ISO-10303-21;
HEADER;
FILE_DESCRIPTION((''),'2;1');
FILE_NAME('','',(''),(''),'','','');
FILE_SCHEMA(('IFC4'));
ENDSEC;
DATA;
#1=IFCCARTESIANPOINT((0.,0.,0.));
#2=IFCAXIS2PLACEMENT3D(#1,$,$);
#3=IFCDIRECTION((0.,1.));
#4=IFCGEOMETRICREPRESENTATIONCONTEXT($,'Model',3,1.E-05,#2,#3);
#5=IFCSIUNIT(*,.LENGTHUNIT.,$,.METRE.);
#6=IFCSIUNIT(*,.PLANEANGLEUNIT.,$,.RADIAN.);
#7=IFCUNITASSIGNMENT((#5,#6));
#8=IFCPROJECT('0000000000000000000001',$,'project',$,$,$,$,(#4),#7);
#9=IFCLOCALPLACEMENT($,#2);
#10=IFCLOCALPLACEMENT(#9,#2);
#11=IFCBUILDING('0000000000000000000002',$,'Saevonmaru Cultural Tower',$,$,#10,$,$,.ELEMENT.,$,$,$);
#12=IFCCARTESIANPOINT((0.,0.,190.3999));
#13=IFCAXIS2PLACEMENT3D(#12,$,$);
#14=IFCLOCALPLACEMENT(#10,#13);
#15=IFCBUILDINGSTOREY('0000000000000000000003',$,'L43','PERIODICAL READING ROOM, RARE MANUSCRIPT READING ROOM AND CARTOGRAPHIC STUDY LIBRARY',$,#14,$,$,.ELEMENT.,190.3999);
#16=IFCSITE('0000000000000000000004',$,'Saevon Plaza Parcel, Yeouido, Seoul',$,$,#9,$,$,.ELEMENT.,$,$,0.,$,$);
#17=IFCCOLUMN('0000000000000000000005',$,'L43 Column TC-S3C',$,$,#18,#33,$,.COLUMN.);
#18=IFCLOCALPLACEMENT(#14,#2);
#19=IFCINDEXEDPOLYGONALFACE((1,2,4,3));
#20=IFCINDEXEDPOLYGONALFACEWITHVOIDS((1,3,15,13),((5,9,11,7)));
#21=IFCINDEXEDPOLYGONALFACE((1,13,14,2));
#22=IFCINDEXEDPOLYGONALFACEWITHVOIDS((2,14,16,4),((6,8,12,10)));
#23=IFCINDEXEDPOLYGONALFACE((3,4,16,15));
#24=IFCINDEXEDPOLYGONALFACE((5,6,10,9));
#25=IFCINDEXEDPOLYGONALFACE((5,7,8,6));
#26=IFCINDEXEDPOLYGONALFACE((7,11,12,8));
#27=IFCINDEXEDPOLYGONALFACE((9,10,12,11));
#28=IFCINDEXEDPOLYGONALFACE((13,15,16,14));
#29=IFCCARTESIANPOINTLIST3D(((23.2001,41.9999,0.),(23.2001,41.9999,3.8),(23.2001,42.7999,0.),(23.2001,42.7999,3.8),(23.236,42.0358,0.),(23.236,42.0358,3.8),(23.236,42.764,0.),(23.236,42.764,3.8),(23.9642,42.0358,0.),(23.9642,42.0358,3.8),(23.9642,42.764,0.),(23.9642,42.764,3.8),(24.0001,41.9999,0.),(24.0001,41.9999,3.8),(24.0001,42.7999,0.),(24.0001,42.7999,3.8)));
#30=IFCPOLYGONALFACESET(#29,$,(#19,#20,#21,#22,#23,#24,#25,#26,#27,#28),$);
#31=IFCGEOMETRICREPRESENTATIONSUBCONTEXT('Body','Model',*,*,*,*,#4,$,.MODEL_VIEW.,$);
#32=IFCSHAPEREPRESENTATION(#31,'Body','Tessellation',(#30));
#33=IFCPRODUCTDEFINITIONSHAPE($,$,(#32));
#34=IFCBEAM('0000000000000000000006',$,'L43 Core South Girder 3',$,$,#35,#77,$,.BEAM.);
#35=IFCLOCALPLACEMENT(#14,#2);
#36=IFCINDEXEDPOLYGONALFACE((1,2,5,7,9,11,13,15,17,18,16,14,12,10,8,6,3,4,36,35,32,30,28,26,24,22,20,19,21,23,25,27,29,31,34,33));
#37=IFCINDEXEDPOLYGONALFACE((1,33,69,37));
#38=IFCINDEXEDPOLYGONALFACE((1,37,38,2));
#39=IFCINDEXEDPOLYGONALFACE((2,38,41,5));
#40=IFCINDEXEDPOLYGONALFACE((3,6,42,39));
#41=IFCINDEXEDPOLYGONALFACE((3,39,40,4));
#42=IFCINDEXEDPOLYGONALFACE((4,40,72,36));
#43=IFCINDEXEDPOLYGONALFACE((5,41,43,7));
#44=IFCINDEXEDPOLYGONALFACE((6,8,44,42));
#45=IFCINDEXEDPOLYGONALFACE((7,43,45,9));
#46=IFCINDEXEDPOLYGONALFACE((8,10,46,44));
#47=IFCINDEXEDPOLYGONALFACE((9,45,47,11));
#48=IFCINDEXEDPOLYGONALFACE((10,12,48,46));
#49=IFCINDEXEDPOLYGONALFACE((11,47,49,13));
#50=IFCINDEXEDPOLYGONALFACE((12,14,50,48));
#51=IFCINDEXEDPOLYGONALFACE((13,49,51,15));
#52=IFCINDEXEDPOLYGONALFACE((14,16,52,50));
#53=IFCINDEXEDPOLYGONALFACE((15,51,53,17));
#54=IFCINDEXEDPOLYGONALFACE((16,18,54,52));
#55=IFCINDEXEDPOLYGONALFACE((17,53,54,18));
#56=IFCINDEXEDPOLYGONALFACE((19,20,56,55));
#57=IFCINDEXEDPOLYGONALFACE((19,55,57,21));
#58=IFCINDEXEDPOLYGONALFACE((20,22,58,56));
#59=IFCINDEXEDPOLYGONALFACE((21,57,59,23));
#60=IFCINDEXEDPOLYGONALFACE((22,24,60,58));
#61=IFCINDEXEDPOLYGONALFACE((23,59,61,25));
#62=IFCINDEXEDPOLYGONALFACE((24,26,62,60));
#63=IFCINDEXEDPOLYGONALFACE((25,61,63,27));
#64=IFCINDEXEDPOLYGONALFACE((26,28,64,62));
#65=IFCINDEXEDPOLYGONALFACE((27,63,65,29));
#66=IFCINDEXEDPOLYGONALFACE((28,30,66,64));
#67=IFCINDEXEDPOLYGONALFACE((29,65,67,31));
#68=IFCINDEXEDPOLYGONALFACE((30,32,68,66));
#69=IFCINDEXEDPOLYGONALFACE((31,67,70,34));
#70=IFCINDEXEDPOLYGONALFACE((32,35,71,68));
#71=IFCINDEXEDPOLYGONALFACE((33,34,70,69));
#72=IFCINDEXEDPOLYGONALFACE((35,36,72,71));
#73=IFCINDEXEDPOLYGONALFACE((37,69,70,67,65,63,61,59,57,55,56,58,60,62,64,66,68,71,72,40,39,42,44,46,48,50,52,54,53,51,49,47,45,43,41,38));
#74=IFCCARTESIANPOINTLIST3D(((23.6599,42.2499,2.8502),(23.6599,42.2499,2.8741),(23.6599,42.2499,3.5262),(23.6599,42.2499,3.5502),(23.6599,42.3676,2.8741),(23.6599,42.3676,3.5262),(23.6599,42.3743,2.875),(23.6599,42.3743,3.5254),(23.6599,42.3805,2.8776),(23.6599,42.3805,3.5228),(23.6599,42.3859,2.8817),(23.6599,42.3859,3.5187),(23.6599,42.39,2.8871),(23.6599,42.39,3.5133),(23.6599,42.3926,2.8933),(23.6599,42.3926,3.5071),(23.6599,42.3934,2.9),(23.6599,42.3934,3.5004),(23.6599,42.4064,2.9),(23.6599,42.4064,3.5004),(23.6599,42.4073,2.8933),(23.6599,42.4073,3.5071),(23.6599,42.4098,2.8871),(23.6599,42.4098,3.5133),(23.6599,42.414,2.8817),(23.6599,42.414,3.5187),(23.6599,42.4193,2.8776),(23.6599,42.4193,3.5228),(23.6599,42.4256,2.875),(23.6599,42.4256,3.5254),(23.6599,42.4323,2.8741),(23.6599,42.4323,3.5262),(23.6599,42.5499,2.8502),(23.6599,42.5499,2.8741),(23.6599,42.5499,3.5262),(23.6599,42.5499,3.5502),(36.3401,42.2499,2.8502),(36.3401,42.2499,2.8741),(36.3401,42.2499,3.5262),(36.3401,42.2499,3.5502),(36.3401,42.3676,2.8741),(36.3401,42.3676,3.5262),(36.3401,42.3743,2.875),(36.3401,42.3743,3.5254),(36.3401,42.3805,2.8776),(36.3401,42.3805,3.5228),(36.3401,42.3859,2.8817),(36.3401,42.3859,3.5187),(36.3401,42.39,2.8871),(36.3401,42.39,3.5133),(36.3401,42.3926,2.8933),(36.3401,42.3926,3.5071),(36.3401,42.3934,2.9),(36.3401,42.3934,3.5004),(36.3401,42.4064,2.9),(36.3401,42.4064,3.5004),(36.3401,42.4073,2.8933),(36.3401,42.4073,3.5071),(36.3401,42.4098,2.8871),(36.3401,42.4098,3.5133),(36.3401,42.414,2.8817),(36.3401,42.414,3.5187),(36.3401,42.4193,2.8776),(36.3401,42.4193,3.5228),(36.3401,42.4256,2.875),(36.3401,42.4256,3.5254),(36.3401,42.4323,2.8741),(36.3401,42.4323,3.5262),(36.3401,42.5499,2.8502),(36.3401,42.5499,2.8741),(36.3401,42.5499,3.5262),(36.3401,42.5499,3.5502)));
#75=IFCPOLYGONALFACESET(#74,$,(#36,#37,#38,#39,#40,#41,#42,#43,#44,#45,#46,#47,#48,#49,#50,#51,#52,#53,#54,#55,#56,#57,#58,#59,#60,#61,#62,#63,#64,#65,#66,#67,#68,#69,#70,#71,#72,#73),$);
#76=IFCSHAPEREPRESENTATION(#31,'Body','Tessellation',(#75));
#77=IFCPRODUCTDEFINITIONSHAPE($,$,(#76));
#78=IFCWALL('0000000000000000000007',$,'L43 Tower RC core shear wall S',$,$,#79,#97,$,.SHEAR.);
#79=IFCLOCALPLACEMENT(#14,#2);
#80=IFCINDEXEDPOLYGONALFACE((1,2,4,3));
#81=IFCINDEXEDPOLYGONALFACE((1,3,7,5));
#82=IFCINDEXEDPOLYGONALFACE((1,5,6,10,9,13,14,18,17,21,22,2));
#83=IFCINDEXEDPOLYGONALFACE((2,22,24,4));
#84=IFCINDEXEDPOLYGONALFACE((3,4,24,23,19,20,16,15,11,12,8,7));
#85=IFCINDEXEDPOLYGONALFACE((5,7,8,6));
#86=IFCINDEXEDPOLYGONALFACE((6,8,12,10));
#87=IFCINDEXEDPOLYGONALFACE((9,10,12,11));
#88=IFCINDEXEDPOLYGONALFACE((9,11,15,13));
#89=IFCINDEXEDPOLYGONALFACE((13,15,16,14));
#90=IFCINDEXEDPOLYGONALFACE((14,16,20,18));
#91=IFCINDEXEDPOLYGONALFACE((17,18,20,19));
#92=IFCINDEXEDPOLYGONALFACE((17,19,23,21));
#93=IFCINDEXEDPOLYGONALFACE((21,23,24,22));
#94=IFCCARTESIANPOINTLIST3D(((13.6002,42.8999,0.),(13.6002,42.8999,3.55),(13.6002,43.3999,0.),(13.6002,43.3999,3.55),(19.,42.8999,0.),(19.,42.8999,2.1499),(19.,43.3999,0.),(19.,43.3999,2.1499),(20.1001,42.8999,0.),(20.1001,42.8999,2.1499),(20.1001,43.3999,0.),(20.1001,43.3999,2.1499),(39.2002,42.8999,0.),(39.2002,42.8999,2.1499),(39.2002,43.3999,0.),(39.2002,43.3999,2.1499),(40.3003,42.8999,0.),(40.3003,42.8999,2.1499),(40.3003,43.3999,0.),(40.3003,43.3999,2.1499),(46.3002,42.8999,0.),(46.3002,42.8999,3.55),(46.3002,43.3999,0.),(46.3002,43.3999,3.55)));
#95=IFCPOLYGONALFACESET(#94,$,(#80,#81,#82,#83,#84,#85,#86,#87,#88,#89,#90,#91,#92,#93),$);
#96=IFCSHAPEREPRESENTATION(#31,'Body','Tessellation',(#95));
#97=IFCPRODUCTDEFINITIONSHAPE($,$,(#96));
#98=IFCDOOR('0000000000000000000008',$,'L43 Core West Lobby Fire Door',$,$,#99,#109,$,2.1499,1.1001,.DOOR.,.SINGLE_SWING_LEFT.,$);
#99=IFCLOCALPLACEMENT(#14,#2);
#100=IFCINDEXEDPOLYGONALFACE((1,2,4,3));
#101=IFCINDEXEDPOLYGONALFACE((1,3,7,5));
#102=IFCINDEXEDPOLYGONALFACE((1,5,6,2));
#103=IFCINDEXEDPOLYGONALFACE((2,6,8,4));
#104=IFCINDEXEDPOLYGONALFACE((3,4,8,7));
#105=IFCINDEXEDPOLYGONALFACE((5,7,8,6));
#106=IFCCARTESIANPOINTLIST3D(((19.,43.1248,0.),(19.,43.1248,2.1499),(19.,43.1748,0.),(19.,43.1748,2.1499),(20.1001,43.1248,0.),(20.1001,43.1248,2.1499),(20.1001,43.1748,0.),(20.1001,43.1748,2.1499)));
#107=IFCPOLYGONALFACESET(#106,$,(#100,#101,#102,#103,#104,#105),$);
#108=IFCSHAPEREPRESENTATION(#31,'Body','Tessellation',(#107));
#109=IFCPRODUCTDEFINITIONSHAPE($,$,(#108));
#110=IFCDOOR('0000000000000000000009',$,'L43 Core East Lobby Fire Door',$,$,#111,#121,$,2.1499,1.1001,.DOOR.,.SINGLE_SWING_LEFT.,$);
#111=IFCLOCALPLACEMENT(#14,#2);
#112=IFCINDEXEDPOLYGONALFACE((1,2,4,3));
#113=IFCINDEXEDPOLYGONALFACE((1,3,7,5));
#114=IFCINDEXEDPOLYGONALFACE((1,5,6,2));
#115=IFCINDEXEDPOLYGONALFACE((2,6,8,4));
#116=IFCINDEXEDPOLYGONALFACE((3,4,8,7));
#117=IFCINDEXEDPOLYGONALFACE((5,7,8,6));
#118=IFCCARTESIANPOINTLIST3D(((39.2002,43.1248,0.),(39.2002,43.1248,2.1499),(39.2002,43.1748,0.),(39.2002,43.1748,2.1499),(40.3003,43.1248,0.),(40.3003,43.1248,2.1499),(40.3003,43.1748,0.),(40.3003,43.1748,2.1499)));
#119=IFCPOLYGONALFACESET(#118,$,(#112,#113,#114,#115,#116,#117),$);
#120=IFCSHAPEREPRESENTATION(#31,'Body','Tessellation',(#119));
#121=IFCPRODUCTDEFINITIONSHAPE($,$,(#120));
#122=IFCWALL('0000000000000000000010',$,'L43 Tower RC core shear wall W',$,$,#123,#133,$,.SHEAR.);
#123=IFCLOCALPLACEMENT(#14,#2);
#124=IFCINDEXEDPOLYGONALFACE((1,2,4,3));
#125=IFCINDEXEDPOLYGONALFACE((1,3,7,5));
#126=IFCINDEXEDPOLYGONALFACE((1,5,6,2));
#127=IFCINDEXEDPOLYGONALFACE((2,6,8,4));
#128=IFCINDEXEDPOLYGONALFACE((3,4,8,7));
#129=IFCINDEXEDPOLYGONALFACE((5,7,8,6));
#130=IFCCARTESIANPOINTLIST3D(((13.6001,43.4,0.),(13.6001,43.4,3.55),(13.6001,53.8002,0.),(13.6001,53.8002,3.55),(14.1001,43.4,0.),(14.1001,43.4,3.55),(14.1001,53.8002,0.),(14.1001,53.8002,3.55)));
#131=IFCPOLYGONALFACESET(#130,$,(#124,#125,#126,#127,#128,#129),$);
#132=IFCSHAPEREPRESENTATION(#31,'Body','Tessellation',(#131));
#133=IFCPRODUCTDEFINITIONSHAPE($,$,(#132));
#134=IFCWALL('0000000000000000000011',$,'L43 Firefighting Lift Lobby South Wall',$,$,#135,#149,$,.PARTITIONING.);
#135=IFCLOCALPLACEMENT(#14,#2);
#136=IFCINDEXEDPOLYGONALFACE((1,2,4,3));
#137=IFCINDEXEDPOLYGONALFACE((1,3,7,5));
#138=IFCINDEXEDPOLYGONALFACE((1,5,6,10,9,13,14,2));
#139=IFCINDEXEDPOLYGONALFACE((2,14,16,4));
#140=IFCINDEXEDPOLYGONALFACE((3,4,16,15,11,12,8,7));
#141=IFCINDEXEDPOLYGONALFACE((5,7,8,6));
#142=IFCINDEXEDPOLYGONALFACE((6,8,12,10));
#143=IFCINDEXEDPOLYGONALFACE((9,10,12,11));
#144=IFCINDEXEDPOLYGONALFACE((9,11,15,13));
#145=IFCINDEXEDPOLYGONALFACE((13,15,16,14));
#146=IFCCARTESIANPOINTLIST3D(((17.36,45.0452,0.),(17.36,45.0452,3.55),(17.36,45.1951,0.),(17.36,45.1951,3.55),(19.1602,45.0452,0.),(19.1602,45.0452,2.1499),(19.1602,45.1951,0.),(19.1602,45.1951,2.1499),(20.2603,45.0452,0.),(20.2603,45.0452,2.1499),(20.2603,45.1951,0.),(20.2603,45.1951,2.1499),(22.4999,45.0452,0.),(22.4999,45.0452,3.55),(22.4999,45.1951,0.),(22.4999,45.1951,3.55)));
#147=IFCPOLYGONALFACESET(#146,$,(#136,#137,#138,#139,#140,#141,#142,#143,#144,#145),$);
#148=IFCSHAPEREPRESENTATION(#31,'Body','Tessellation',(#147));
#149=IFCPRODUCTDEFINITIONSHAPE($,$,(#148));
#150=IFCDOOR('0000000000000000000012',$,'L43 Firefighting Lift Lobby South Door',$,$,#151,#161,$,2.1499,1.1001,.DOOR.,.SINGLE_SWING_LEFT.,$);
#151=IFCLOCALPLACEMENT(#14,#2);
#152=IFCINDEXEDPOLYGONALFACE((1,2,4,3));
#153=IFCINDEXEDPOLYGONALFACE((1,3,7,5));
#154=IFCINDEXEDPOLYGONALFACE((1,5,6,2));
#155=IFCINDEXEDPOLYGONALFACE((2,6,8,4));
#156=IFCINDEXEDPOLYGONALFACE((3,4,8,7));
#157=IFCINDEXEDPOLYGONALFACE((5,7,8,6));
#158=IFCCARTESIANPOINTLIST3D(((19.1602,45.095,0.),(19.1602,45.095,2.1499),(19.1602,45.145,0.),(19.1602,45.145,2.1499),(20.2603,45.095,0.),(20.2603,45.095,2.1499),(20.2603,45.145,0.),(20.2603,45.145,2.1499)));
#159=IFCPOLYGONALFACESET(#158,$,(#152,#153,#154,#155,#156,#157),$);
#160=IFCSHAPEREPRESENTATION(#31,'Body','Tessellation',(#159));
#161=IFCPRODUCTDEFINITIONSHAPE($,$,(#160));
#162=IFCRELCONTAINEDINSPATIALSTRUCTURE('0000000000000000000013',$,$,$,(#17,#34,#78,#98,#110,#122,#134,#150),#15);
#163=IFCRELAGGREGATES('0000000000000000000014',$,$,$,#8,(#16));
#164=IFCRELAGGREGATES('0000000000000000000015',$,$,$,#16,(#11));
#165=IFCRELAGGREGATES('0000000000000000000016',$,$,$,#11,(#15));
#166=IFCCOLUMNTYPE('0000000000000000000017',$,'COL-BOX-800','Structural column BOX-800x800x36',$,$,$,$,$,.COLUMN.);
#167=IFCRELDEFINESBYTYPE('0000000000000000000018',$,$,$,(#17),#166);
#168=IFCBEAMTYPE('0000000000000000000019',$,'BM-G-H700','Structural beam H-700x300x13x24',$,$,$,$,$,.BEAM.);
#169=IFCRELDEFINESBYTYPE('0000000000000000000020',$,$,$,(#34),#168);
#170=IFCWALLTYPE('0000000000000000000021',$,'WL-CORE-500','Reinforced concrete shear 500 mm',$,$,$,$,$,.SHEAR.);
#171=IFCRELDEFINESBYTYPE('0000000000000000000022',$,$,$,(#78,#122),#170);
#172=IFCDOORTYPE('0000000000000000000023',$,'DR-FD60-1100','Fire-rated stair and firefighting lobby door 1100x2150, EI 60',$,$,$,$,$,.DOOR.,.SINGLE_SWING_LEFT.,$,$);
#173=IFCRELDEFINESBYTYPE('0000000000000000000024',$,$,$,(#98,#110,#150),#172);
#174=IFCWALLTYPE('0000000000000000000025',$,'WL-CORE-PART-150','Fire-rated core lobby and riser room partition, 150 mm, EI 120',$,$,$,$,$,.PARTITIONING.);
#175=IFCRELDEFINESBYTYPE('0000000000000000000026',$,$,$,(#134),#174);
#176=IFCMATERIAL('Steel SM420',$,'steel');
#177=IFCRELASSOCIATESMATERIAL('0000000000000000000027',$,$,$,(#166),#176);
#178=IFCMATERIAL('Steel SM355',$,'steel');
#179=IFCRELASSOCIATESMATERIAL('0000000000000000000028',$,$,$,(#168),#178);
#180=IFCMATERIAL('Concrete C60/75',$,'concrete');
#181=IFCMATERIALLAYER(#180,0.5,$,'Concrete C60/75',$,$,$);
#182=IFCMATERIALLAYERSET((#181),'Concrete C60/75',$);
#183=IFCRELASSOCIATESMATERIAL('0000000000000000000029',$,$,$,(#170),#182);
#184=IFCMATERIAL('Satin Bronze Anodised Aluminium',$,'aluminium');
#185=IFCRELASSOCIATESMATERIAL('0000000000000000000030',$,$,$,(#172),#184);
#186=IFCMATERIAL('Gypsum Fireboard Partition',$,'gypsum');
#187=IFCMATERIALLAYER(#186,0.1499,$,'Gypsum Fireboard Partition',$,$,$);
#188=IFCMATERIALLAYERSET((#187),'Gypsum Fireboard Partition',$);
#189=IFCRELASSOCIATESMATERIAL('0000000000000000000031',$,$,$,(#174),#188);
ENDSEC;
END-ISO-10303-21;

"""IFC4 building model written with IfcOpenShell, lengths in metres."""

from ifc_helpers import new_model, si_unit, direction, frame, frame_2d, origin, origin_2d, place, context, subcontext, project, spatial, rectangle, hollow_rectangle, i_section, extrude, material, layer, layer_set, material_profile, profile_set, type_object, element, fill, save


model = new_model("IFC4")

# Units and contexts
model_context = context("Model", 3, precision=1e-05, world=origin(), true_north=direction((0.0, 1.0)))
body_context = subcontext(model_context, "Body", "Model", "MODEL_VIEW")
ifc_project = project(units=[si_unit("LENGTHUNIT", "METRE"), si_unit("PLANEANGLEUNIT", "RADIAN")], contexts=[model_context])

# Site, building, storey
site_placement = place(None, origin())
site = spatial("IfcSite", under=ifc_project, at=site_placement, Name="Saevon Plaza Parcel, Yeouido, Seoul", CompositionType="ELEMENT", RefElevation=0.0)
building_placement = place(site_placement, origin())
building = spatial("IfcBuilding", under=site, at=building_placement, Name="Saevonmaru Cultural Tower", CompositionType="ELEMENT")
storey_placement = place(building_placement, frame((0.0, 0.0, 190.3999)))
storey = spatial("IfcBuildingStorey", under=building, at=storey_placement, Name="L43", Description="PERIODICAL READING ROOM, RARE MANUSCRIPT READING ROOM AND CARTOGRAPHIC STUDY LIBRARY", CompositionType="ELEMENT", Elevation=190.3999)

# Column
ifc_material_1 = material(Name="Steel SM420", Category="steel")
ifc_material_profile_1 = material_profile(ifc_material_1, hollow_rectangle(XDim=0.8, YDim=0.8, WallThickness=0.0359, at=origin_2d()), Name="BOX-800x800x36")
ifc_profile_set_1 = profile_set([ifc_material_profile_1], Name="Steel SM420")
column_type = type_object("IfcColumnType", Name="COL-BOX-800", Description="Structural column BOX-800x800x36", PredefinedType="COLUMN", material=ifc_profile_set_1)
column_placement = place(storey_placement, frame((23.6001, 42.3999, 0.0), z_axis=(0.0, 0.0, 1.0), x_axis=(1.0, 0.0, 0.0)))
element("IfcColumn", 1, at=column_placement, inside=storey, type_object=column_type, Name="L43 Column TC-S3C", PredefinedType="COLUMN", context=body_context, shape_type="SweptSolid", body=[
    extrude(hollow_rectangle(XDim=0.8, YDim=0.8, WallThickness=0.0359, at=origin_2d()), origin(), (0.0, 0.0, 1.0), 3.8),
])

# Beam
ifc_material_2 = material(Name="Steel SM355", Category="steel")
ifc_material_profile_2 = material_profile(ifc_material_2, i_section(OverallWidth=0.3, OverallDepth=0.7, WebThickness=0.0129, FlangeThickness=0.0239, FilletRadius=0.0259, at=origin_2d()), Name="H-700x300x13x24")
ifc_profile_set_2 = profile_set([ifc_material_profile_2], Name="Steel SM355")
beam_type = type_object("IfcBeamType", Name="BM-G-H700", Description="Structural beam H-700x300x13x24", PredefinedType="BEAM", material=ifc_profile_set_2)
beam_placement = place(storey_placement, frame((23.6599, 42.3999, 3.2002), z_axis=(1.0, 0.0, 0.0), x_axis=(0.0, 1.0, 0.0)))
element("IfcBeam", 2, at=beam_placement, inside=storey, type_object=beam_type, Name="L43 Core South Girder 3", PredefinedType="BEAM", context=body_context, shape_type="SweptSolid", body=[
    extrude(i_section(OverallWidth=0.3, OverallDepth=0.7, WebThickness=0.0129, FlangeThickness=0.0239, FilletRadius=0.0259, at=origin_2d()), origin(), (0.0, 0.0, 1.0), 12.6802),
])

# Wall, openings, doors
ifc_material_3 = material(Name="Concrete C60/75", Category="concrete")
ifc_layer_1 = layer(ifc_material_3, 0.5, Name="Concrete C60/75")
ifc_layer_set_1 = layer_set([ifc_layer_1], Name="Concrete C60/75")
wall_type_1 = type_object("IfcWallType", Name="WL-CORE-500", Description="Reinforced concrete shear 500 mm", PredefinedType="SHEAR", material=ifc_layer_set_1)
wall_1_placement = place(storey_placement, frame((13.6001, 43.1499, 0.0), z_axis=(0.0, 0.0, 1.0), x_axis=(1.0, 0.0, 0.0)))
wall_1 = element("IfcWall", 3, at=wall_1_placement, inside=storey, type_object=wall_type_1, Name="L43 Tower RC core shear wall S", PredefinedType="SHEAR", context=body_context, shape_type="SweptSolid", body=[
    extrude(rectangle(XDim=32.7, YDim=0.5, at=frame_2d((16.3501, 0.0))), origin(), (0.0, 0.0, 1.0), 3.55),
])
opening_1_placement = place(wall_1_placement, frame((5.3999, 0.0, 0.0)))
opening_1 = element("IfcOpeningElement", 4, at=opening_1_placement, cuts=wall_1, PredefinedType="OPENING", context=body_context, shape_type="SweptSolid", body=[
    extrude(rectangle(XDim=1.1001, YDim=2.1499, at=frame_2d((0.55, 1.075))), frame((0.0, 0.26, 0.0), z_axis=(0.0, -1.0, 0.0), x_axis=(1.0, 0.0, 0.0)), (0.0, 0.0, 1.0), 0.52),
])
opening_2_placement = place(wall_1_placement, frame((25.6001, 0.0, 0.0)))
opening_2 = element("IfcOpeningElement", 5, at=opening_2_placement, cuts=wall_1, PredefinedType="OPENING", context=body_context, shape_type="SweptSolid", body=[
    extrude(rectangle(XDim=1.1001, YDim=2.1499, at=frame_2d((0.55, 1.075))), frame((0.0, 0.26, 0.0), z_axis=(0.0, -1.0, 0.0), x_axis=(1.0, 0.0, 0.0)), (0.0, 0.0, 1.0), 0.52),
])
ifc_material_4 = material(Name="Satin Bronze Anodised Aluminium", Category="aluminium")
door_type_1 = type_object("IfcDoorType", Name="DR-FD60-1100", Description="Fire-rated stair and firefighting lobby door 1100x2150, EI 60", OperationType="SINGLE_SWING_LEFT", PredefinedType="DOOR", material=ifc_material_4)
door_1_placement = place(opening_1_placement, origin())
door_1 = element("IfcDoor", 6, at=door_1_placement, inside=storey, type_object=door_type_1, Name="L43 Core West Lobby Fire Door", OperationType="SINGLE_SWING_LEFT", OverallHeight=2.1499, OverallWidth=1.1001, PredefinedType="DOOR", context=body_context, shape_type="SweptSolid", body=[
    extrude(rectangle(XDim=1.1001, YDim=2.1499, at=frame_2d((0.55, 1.075))), frame((0.0, 0.0249, 0.0), z_axis=(0.0, -1.0, 0.0), x_axis=(1.0, 0.0, 0.0)), (0.0, 0.0, 1.0), 0.05),
])
fill(opening_1, door_1)
door_2_placement = place(opening_2_placement, origin())
door_2 = element("IfcDoor", 7, at=door_2_placement, inside=storey, type_object=door_type_1, Name="L43 Core East Lobby Fire Door", OperationType="SINGLE_SWING_LEFT", OverallHeight=2.1499, OverallWidth=1.1001, PredefinedType="DOOR", context=body_context, shape_type="SweptSolid", body=[
    extrude(rectangle(XDim=1.1001, YDim=2.1499, at=frame_2d((0.55, 1.075))), frame((0.0, 0.0249, 0.0), z_axis=(0.0, -1.0, 0.0), x_axis=(1.0, 0.0, 0.0)), (0.0, 0.0, 1.0), 0.05),
])
fill(opening_2, door_2)

# Wall
wall_2_placement = place(storey_placement, frame((13.8501, 43.3999, 0.0), z_axis=(0.0, 0.0, 1.0), x_axis=(0.0, 1.0, 0.0)))
element("IfcWall", 8, at=wall_2_placement, inside=storey, type_object=wall_type_1, Name="L43 Tower RC core shear wall W", PredefinedType="SHEAR", context=body_context, shape_type="SweptSolid", body=[
    extrude(rectangle(XDim=10.4001, YDim=0.5, at=frame_2d((5.2002, 0.0))), origin(), (0.0, 0.0, 1.0), 3.55),
])

# Wall, opening, door
ifc_material_5 = material(Name="Gypsum Fireboard Partition", Category="gypsum")
ifc_layer_2 = layer(ifc_material_5, 0.1499, Name="Gypsum Fireboard Partition")
ifc_layer_set_2 = layer_set([ifc_layer_2], Name="Gypsum Fireboard Partition")
wall_type_2 = type_object("IfcWallType", Name="WL-CORE-PART-150", Description="Fire-rated core lobby and riser room partition, 150 mm, EI 120", PredefinedType="PARTITIONING", material=ifc_layer_set_2)
wall_3_placement = place(storey_placement, frame((17.3601, 45.1201, 0.0), z_axis=(0.0, 0.0, 1.0), x_axis=(1.0, 0.0, 0.0)))
wall_3 = element("IfcWall", 9, at=wall_3_placement, inside=storey, type_object=wall_type_2, Name="L43 Firefighting Lift Lobby South Wall", PredefinedType="PARTITIONING", context=body_context, shape_type="SweptSolid", body=[
    extrude(rectangle(XDim=5.1399, YDim=0.1499, at=frame_2d((2.5698, 0.0))), origin(), (0.0, 0.0, 1.0), 3.55),
])
opening_3_placement = place(wall_3_placement, frame((1.8, 0.0, 0.0)))
opening_3 = element("IfcOpeningElement", 10, at=opening_3_placement, cuts=wall_3, PredefinedType="OPENING", context=body_context, shape_type="SweptSolid", body=[
    extrude(rectangle(XDim=1.1001, YDim=2.1499, at=frame_2d((0.55, 1.075))), frame((0.0, 0.085, 0.0), z_axis=(0.0, -1.0, 0.0), x_axis=(1.0, 0.0, 0.0)), (0.0, 0.0, 1.0), 0.1699),
])
door_3_placement = place(opening_3_placement, origin())
door_3 = element("IfcDoor", 11, at=door_3_placement, inside=storey, type_object=door_type_1, Name="L43 Firefighting Lift Lobby South Door", OperationType="SINGLE_SWING_LEFT", OverallHeight=2.1499, OverallWidth=1.1001, PredefinedType="DOOR", context=body_context, shape_type="SweptSolid", body=[
    extrude(rectangle(XDim=1.1001, YDim=2.1499, at=frame_2d((0.55, 1.075))), frame((0.0, 0.0249, 0.0), z_axis=(0.0, -1.0, 0.0), x_axis=(1.0, 0.0, 0.0)), (0.0, 0.0, 1.0), 0.05),
])
fill(opening_3, door_3)

save(model, "model.ifc")
